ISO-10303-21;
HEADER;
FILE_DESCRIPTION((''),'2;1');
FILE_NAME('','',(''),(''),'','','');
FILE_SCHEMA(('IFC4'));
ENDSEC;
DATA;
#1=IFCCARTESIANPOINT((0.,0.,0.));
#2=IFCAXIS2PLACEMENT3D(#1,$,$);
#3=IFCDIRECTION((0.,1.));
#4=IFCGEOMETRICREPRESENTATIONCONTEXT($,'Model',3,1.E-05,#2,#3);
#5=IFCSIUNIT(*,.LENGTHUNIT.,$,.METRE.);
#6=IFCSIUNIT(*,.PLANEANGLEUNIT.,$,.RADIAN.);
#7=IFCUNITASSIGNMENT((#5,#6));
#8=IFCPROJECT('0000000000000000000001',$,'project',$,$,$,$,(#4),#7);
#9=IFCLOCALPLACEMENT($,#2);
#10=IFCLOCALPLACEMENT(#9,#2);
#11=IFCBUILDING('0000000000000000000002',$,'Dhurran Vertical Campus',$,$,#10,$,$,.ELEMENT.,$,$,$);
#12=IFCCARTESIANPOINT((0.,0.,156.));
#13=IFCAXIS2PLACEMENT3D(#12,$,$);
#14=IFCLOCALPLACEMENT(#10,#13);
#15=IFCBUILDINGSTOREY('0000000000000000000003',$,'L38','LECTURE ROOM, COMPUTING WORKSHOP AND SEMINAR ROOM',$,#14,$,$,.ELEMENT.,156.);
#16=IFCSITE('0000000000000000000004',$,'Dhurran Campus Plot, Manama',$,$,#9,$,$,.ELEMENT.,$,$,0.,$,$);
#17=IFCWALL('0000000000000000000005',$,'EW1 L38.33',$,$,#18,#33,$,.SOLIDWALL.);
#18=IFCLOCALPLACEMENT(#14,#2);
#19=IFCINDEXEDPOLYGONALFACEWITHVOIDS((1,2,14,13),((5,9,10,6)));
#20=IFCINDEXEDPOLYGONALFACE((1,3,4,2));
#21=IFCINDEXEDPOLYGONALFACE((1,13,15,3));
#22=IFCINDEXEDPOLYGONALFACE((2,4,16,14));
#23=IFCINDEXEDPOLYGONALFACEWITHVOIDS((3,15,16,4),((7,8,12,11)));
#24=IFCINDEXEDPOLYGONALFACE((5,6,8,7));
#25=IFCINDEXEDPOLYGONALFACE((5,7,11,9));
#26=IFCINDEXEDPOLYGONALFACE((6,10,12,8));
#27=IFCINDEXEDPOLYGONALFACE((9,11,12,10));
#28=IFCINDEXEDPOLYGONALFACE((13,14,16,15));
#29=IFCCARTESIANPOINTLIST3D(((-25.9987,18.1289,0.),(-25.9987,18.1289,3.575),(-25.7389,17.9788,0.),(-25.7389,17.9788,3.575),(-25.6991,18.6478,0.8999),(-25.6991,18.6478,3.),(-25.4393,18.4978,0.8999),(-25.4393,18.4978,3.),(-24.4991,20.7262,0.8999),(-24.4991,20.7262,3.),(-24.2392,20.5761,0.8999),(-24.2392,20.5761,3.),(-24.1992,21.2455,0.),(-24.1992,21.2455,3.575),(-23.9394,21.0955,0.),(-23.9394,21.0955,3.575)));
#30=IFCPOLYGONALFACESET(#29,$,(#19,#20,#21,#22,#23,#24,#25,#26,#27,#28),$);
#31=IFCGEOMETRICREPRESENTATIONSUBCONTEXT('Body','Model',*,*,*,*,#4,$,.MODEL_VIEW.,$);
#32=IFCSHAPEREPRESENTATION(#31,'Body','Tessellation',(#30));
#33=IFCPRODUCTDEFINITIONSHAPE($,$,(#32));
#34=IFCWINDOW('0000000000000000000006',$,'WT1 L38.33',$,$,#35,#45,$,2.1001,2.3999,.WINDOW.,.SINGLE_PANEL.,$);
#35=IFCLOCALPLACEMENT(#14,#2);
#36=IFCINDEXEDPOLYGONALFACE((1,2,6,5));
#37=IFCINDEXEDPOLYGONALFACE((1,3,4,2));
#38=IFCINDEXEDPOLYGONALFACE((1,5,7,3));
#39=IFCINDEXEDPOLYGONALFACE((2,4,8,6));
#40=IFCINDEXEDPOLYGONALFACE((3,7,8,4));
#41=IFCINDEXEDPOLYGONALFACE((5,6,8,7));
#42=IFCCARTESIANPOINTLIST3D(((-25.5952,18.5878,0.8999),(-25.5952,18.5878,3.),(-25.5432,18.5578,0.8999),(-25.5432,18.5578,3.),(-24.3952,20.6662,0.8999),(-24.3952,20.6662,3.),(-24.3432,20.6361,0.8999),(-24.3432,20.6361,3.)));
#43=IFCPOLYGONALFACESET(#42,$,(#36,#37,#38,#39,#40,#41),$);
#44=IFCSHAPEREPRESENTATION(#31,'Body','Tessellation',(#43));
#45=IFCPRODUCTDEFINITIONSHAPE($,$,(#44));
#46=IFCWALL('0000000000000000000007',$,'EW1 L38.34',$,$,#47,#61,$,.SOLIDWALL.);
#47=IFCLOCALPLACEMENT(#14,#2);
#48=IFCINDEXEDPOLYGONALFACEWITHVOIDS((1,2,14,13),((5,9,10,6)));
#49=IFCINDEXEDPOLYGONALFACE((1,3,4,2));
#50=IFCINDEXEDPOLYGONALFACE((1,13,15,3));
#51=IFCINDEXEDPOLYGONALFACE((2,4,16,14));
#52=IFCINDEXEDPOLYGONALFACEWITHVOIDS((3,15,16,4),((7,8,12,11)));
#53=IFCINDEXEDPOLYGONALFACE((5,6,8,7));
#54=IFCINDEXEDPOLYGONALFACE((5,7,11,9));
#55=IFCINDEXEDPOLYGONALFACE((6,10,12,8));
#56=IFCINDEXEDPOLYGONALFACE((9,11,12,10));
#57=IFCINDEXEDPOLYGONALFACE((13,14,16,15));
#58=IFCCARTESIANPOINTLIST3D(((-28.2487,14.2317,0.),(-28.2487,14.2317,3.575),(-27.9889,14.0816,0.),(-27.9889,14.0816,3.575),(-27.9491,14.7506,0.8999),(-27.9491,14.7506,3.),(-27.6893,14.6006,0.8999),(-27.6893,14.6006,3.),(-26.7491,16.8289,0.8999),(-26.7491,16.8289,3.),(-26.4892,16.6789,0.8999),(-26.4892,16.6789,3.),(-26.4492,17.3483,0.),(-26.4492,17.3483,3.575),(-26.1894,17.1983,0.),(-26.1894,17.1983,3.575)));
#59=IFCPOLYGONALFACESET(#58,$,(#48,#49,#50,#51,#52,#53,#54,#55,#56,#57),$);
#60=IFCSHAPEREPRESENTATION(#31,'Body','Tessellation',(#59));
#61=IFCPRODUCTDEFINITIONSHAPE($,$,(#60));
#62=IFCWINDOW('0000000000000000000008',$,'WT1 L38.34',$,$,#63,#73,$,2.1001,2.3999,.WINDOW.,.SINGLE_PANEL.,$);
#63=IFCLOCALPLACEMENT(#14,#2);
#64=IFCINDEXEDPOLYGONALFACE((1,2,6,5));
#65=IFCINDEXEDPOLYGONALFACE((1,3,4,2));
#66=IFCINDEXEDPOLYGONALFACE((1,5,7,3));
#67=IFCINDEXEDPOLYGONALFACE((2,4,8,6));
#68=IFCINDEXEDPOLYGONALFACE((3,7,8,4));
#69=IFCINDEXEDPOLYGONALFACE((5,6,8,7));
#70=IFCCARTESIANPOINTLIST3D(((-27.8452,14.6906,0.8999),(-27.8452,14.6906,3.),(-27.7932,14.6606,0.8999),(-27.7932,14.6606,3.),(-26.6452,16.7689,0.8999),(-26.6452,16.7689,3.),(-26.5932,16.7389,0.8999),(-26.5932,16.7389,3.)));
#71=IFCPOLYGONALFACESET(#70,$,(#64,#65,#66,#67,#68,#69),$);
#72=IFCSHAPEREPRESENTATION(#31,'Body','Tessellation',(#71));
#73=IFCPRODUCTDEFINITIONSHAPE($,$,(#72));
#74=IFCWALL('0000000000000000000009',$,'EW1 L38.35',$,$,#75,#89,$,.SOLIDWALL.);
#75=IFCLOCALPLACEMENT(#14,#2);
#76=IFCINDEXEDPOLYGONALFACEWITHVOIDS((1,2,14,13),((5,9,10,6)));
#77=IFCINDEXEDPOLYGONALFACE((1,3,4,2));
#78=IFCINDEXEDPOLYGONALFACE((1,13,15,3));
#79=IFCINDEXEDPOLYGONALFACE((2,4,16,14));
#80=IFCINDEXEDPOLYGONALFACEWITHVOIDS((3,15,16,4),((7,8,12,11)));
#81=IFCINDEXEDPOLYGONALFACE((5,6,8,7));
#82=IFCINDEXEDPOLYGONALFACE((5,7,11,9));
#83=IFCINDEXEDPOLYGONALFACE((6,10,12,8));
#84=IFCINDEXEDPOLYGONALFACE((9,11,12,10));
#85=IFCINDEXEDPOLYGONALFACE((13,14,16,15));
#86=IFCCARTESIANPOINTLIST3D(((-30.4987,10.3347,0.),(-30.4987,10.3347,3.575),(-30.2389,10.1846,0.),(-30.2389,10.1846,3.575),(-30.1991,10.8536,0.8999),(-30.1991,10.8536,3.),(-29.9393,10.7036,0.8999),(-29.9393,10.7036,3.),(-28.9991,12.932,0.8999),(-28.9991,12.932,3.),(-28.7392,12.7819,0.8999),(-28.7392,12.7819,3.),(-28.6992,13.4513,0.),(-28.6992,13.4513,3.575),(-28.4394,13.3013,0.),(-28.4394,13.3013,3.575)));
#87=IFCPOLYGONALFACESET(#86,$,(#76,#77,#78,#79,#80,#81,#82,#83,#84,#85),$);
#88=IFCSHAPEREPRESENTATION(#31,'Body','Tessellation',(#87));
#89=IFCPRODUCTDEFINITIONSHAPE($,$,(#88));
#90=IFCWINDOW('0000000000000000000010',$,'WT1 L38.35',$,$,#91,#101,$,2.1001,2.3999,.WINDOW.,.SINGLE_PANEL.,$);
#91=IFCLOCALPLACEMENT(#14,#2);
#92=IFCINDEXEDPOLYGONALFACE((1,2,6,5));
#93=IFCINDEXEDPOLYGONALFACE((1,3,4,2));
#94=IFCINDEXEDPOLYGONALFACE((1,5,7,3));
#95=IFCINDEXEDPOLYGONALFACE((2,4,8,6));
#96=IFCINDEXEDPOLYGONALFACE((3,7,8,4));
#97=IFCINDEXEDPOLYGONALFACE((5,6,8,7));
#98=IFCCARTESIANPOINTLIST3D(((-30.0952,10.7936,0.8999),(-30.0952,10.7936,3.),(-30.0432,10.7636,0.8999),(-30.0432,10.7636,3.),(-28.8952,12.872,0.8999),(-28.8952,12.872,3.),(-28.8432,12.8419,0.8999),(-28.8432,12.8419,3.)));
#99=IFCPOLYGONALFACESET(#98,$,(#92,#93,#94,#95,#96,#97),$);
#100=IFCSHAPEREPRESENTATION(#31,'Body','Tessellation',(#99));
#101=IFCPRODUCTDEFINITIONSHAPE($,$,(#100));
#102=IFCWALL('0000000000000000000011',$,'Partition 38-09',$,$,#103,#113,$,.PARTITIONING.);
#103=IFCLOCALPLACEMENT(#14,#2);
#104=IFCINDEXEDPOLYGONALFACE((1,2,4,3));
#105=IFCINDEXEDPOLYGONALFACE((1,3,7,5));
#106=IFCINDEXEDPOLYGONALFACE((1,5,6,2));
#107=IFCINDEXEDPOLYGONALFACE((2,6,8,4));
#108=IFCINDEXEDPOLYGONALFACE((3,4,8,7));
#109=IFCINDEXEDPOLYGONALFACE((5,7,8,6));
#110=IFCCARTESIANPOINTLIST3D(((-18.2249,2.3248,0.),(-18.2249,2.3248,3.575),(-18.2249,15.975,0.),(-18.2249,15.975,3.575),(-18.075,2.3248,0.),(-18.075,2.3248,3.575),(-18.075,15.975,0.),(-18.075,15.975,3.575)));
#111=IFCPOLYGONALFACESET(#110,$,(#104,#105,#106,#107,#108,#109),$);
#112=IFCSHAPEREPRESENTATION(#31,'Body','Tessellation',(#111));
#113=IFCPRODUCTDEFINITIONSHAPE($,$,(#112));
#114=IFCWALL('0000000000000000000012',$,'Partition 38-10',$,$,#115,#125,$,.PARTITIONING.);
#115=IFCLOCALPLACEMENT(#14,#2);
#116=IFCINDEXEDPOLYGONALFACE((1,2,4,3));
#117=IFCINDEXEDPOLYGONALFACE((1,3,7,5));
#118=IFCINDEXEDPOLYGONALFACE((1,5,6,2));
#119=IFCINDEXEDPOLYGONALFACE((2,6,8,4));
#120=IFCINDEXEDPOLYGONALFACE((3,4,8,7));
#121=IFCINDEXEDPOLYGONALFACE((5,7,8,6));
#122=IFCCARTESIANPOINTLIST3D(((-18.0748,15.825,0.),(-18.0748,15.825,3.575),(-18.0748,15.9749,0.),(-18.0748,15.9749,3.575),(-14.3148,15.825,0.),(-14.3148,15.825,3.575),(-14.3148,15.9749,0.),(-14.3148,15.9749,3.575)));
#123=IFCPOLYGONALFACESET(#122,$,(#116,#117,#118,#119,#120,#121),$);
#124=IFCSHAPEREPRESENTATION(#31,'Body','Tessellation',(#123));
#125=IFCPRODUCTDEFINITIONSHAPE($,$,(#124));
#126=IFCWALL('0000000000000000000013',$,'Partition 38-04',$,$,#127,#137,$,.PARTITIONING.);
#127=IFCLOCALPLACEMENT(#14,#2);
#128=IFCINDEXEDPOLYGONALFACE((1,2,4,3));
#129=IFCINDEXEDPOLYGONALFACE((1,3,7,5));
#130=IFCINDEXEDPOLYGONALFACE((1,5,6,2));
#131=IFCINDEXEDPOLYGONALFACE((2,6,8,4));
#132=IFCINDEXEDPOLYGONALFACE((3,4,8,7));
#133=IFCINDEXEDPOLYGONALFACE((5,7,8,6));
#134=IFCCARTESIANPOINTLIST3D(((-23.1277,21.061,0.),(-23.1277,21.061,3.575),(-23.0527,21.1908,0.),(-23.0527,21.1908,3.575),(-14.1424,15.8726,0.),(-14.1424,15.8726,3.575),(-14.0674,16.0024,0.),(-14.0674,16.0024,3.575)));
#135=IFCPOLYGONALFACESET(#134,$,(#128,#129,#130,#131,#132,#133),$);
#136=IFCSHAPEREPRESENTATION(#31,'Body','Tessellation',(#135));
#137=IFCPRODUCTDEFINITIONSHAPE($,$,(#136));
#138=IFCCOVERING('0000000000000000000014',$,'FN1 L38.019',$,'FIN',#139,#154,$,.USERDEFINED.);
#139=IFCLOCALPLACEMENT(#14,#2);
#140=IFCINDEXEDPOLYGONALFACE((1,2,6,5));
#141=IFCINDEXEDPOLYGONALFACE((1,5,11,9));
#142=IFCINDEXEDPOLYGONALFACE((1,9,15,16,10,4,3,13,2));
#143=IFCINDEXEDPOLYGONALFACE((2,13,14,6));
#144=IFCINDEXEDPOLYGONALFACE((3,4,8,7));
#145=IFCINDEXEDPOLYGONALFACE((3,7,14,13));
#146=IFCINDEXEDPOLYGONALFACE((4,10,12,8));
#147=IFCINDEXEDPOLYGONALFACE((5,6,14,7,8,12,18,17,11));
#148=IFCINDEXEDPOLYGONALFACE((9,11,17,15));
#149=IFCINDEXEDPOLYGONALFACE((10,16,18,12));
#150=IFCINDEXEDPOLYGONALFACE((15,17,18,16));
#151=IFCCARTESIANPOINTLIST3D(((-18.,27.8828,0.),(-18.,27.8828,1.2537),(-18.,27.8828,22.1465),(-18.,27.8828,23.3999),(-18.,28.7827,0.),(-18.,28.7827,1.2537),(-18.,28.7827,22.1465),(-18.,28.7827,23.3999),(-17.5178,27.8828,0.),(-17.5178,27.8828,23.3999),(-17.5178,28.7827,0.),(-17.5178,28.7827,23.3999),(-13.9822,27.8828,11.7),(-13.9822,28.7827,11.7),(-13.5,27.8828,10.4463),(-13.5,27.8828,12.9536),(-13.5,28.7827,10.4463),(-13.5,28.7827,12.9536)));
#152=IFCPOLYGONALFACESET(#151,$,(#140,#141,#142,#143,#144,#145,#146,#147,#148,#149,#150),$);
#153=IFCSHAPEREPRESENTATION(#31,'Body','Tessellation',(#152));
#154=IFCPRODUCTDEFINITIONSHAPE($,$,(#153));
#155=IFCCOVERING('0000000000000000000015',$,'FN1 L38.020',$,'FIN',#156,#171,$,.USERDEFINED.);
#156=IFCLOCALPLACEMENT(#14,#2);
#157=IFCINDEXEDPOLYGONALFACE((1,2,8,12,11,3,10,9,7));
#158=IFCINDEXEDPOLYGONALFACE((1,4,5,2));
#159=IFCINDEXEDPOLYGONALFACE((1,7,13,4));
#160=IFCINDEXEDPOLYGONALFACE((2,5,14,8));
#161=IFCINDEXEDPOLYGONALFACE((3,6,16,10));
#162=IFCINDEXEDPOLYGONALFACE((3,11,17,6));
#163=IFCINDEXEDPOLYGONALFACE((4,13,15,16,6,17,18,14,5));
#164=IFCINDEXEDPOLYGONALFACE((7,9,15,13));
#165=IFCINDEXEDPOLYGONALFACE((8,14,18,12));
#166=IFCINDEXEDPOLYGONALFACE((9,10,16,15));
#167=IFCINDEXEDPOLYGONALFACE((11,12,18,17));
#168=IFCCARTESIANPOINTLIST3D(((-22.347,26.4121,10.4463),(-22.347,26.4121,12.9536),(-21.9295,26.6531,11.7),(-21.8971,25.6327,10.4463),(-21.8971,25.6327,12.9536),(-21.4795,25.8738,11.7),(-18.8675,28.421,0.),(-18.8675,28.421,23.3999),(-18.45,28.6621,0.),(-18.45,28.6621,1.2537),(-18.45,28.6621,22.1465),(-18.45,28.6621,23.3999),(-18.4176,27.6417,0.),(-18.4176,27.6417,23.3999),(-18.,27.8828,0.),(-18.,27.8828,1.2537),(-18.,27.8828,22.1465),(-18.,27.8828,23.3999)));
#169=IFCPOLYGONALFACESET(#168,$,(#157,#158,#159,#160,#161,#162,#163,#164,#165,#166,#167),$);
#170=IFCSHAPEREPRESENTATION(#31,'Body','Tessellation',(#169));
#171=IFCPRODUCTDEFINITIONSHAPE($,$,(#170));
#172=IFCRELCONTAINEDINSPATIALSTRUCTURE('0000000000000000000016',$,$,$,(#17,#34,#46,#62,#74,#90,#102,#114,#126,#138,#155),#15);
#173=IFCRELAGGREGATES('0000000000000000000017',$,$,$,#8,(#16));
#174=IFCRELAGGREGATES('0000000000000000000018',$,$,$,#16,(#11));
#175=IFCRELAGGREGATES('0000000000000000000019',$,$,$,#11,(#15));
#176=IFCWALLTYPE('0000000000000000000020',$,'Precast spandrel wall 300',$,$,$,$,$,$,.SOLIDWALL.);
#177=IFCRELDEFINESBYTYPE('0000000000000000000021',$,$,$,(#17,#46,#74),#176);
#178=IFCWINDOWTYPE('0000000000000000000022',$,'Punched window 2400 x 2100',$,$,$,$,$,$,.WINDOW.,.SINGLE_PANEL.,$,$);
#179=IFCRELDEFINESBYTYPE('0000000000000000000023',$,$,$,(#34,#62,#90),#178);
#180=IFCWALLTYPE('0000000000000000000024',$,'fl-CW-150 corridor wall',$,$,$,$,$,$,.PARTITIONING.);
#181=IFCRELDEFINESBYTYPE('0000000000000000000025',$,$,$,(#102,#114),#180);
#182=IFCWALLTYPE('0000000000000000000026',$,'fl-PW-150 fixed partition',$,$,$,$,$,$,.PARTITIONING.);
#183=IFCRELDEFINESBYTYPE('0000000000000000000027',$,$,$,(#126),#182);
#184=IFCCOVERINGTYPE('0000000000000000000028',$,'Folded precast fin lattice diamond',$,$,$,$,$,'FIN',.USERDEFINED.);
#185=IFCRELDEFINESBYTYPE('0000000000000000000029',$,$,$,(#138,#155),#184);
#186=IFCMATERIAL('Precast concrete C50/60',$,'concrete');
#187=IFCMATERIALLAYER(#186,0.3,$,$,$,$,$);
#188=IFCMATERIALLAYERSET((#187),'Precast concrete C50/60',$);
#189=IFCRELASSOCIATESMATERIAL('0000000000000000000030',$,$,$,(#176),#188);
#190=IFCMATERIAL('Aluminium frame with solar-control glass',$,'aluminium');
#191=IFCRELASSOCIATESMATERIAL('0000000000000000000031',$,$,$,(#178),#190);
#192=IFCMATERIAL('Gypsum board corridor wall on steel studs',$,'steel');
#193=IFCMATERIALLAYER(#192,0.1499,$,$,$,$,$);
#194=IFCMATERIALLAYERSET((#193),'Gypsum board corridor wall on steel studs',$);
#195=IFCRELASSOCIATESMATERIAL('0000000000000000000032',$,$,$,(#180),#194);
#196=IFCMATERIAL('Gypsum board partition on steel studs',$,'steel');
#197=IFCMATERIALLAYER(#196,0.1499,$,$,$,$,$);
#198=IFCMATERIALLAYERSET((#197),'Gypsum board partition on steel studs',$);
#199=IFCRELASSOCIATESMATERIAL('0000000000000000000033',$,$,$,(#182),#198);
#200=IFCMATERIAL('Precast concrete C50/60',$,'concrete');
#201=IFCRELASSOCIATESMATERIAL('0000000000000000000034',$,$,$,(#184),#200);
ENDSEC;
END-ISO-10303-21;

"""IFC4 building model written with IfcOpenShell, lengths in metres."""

from ifc_helpers import new_model, si_unit, direction, frame, frame_2d, origin, place, context, subcontext, project, spatial, polyline, rectangle, outline, extrude, material, layer, layer_set, type_object, element, fill, save


model = new_model("IFC4")

# Units and contexts
model_context = context("Model", 3, precision=1e-05, world=origin(), true_north=direction((0.0, 1.0)))
body_context = subcontext(model_context, "Body", "Model", "MODEL_VIEW")
ifc_project = project(units=[si_unit("LENGTHUNIT", "METRE"), si_unit("PLANEANGLEUNIT", "RADIAN")], contexts=[model_context])

# Site, building, storey
site_placement = place(None, origin())
site = spatial("IfcSite", under=ifc_project, at=site_placement, Name="Dhurran Campus Plot, Manama", CompositionType="ELEMENT", RefElevation=0.0)
building_placement = place(site_placement, origin())
building = spatial("IfcBuilding", under=site, at=building_placement, Name="Dhurran Vertical Campus", CompositionType="ELEMENT")
storey_placement = place(building_placement, frame((0.0, 0.0, 156.0)))
storey = spatial("IfcBuildingStorey", under=building, at=storey_placement, Name="L38", Description="LECTURE ROOM, COMPUTING WORKSHOP AND SEMINAR ROOM", CompositionType="ELEMENT", Elevation=156.0)

# Walls, openings, windows
ifc_material_1 = material(Name="Precast concrete C50/60", Category="concrete")
ifc_layer_1 = layer(ifc_material_1, 0.3)
ifc_layer_set_1 = layer_set([ifc_layer_1], Name="Precast concrete C50/60")
wall_type_1 = type_object("IfcWallType", Name="Precast spandrel wall 300", PredefinedType="SOLIDWALL", material=ifc_layer_set_1)
ifc_material_2 = material(Name="Aluminium frame with solar-control glass", Category="aluminium")
window_type = type_object("IfcWindowType", Name="Punched window 2400 x 2100", PartitioningType="SINGLE_PANEL", PredefinedType="WINDOW", material=ifc_material_2)
wall_1_placement = place(storey_placement, frame((-24.0693, 21.1704, 0.0), z_axis=(0.0, 0.0, 1.0), x_axis=(-0.500028, -0.866009, 0.0)))
wall_1 = element("IfcWall", 1, at=wall_1_placement, inside=storey, type_object=wall_type_1, Name="EW1 L38.33", PredefinedType="SOLIDWALL", context=body_context, shape_type="SweptSolid", body=[
    extrude(rectangle(XDim=3.5989, YDim=0.3, at=frame_2d((1.7993, 0.0))), origin(), (0.0, 0.0, 1.0), 3.575),
])
opening_1_placement = place(wall_1_placement, frame((0.5996, 0.0, 0.8999)))
opening_1 = element("IfcOpeningElement", 2, at=opening_1_placement, cuts=wall_1, PredefinedType="OPENING", context=body_context, shape_type="SweptSolid", body=[
    extrude(rectangle(XDim=2.3999, YDim=2.1001, at=frame_2d((1.2, 1.05))), frame((0.0, 0.1599, 0.0), z_axis=(0.0, -1.0, 0.0), x_axis=(1.0, 0.0, 0.0)), (0.0, 0.0, 1.0), 0.3201),
])
window_1_placement = place(opening_1_placement, origin())
window_1 = element("IfcWindow", 3, at=window_1_placement, inside=storey, type_object=window_type, Name="WT1 L38.33", OverallHeight=2.1001, OverallWidth=2.3999, PartitioningType="SINGLE_PANEL", PredefinedType="WINDOW", context=body_context, shape_type="SweptSolid", body=[
    extrude(rectangle(XDim=2.3999, YDim=2.1001, at=frame_2d((1.2, 1.05))), frame((0.0, 0.03, 0.0), z_axis=(0.0, -1.0, 0.0), x_axis=(1.0, 0.0, 0.0)), (0.0, 0.0, 1.0), 0.0601),
])
fill(opening_1, window_1)
wall_2_placement = place(storey_placement, frame((-26.3193, 17.2732, 0.0), z_axis=(0.0, 0.0, 1.0), x_axis=(-0.500028, -0.866009, 0.0)))
wall_2 = element("IfcWall", 4, at=wall_2_placement, inside=storey, type_object=wall_type_1, Name="EW1 L38.34", PredefinedType="SOLIDWALL", context=body_context, shape_type="SweptSolid", body=[
    extrude(rectangle(XDim=3.5989, YDim=0.3, at=frame_2d((1.7993, 0.0))), origin(), (0.0, 0.0, 1.0), 3.575),
])
opening_2_placement = place(wall_2_placement, frame((0.5996, 0.0, 0.8999)))
opening_2 = element("IfcOpeningElement", 5, at=opening_2_placement, cuts=wall_2, PredefinedType="OPENING", context=body_context, shape_type="SweptSolid", body=[
    extrude(rectangle(XDim=2.3999, YDim=2.1001, at=frame_2d((1.2, 1.05))), frame((0.0, 0.1599, 0.0), z_axis=(0.0, -1.0, 0.0), x_axis=(1.0, 0.0, 0.0)), (0.0, 0.0, 1.0), 0.3201),
])
window_2_placement = place(opening_2_placement, origin())
window_2 = element("IfcWindow", 6, at=window_2_placement, inside=storey, type_object=window_type, Name="WT1 L38.34", OverallHeight=2.1001, OverallWidth=2.3999, PartitioningType="SINGLE_PANEL", PredefinedType="WINDOW", context=body_context, shape_type="SweptSolid", body=[
    extrude(rectangle(XDim=2.3999, YDim=2.1001, at=frame_2d((1.2, 1.05))), frame((0.0, 0.03, 0.0), z_axis=(0.0, -1.0, 0.0), x_axis=(1.0, 0.0, 0.0)), (0.0, 0.0, 1.0), 0.0601),
])
fill(opening_2, window_2)
wall_3_placement = place(storey_placement, frame((-28.5693, 13.3762, 0.0), z_axis=(0.0, 0.0, 1.0), x_axis=(-0.500028, -0.866009, 0.0)))
wall_3 = element("IfcWall", 7, at=wall_3_placement, inside=storey, type_object=wall_type_1, Name="EW1 L38.35", PredefinedType="SOLIDWALL", context=body_context, shape_type="SweptSolid", body=[
    extrude(rectangle(XDim=3.5989, YDim=0.3, at=frame_2d((1.7993, 0.0))), origin(), (0.0, 0.0, 1.0), 3.575),
])
opening_3_placement = place(wall_3_placement, frame((0.5996, 0.0, 0.8999)))
opening_3 = element("IfcOpeningElement", 8, at=opening_3_placement, cuts=wall_3, PredefinedType="OPENING", context=body_context, shape_type="SweptSolid", body=[
    extrude(rectangle(XDim=2.3999, YDim=2.1001, at=frame_2d((1.2, 1.05))), frame((0.0, 0.1599, 0.0), z_axis=(0.0, -1.0, 0.0), x_axis=(1.0, 0.0, 0.0)), (0.0, 0.0, 1.0), 0.3201),
])
window_3_placement = place(opening_3_placement, origin())
window_3 = element("IfcWindow", 9, at=window_3_placement, inside=storey, type_object=window_type, Name="WT1 L38.35", OverallHeight=2.1001, OverallWidth=2.3999, PartitioningType="SINGLE_PANEL", PredefinedType="WINDOW", context=body_context, shape_type="SweptSolid", body=[
    extrude(rectangle(XDim=2.3999, YDim=2.1001, at=frame_2d((1.2, 1.05))), frame((0.0, 0.03, 0.0), z_axis=(0.0, -1.0, 0.0), x_axis=(1.0, 0.0, 0.0)), (0.0, 0.0, 1.0), 0.0601),
])
fill(opening_3, window_3)

# Walls
ifc_material_3 = material(Name="Gypsum board corridor wall on steel studs", Category="steel")
ifc_layer_2 = layer(ifc_material_3, 0.1499)
ifc_layer_set_2 = layer_set([ifc_layer_2], Name="Gypsum board corridor wall on steel studs")
wall_type_2 = type_object("IfcWallType", Name="fl-CW-150 corridor wall", PredefinedType="PARTITIONING", material=ifc_layer_set_2)
wall_4_placement = place(storey_placement, frame((-18.1499, 15.9751, 0.0), z_axis=(0.0, 0.0, 1.0), x_axis=(0.0, -1.0, 0.0)))
element("IfcWall", 10, at=wall_4_placement, inside=storey, type_object=wall_type_2, Name="Partition 38-09", PredefinedType="PARTITIONING", context=body_context, shape_type="SweptSolid", body=[
    extrude(rectangle(XDim=13.6501, YDim=0.1499, at=frame_2d((6.8252, 0.0))), origin(), (0.0, 0.0, 1.0), 3.575),
])
wall_5_placement = place(storey_placement, frame((-14.3149, 15.8999, 0.0), z_axis=(0.0, 0.0, 1.0), x_axis=(-1.0, 0.0, 0.0)))
element("IfcWall", 11, at=wall_5_placement, inside=storey, type_object=wall_type_2, Name="Partition 38-10", PredefinedType="PARTITIONING", context=body_context, shape_type="SweptSolid", body=[
    extrude(rectangle(XDim=3.76, YDim=0.1499, at=frame_2d((1.8799, 0.0))), origin(), (0.0, 0.0, 1.0), 3.575),
])
ifc_material_4 = material(Name="Gypsum board partition on steel studs", Category="steel")
ifc_layer_3 = layer(ifc_material_4, 0.1499)
ifc_layer_set_3 = layer_set([ifc_layer_3], Name="Gypsum board partition on steel studs")
wall_type_3 = type_object("IfcWallType", Name="fl-PW-150 fixed partition", PredefinedType="PARTITIONING", material=ifc_layer_set_3)
wall_6_placement = place(storey_placement, frame((-23.0903, 21.126, 0.0), z_axis=(0.0, 0.0, 1.0), x_axis=(0.865993, -0.500056, 0.0)))
element("IfcWall", 12, at=wall_6_placement, inside=storey, type_object=wall_type_3, Name="Partition 38-04", PredefinedType="PARTITIONING", context=body_context, shape_type="SweptSolid", body=[
    extrude(rectangle(XDim=10.3757, YDim=0.1499, at=frame_2d((5.188, 0.0))), origin(), (0.0, 0.0, 1.0), 3.575),
])

# Coverings
ifc_material_5 = material(Name="Precast concrete C50/60", Category="concrete")
covering_type = type_object("IfcCoveringType", Name="Folded precast fin lattice diamond", ElementType="FIN", PredefinedType="USERDEFINED", material=ifc_material_5)
covering_1_placement = place(storey_placement, frame((-13.5, 27.8828, 0.0), z_axis=(0.0, 1.0, 0.0), x_axis=(-1.0, 0.0, 0.0)))
element("IfcCovering", 13, at=covering_1_placement, inside=storey, type_object=covering_type, Name="FN1 L38.019", ObjectType="FIN", PredefinedType="USERDEFINED", context=body_context, shape_type="SweptSolid", body=[
    extrude(outline(polyline([(4.0178, 0.0), (0.0, 10.4463), (0.0, 12.9536), (4.0178, 23.3999), (4.5, 23.3999), (4.5, 22.1465), (0.4822, 11.7), (4.5, 1.2537), (4.5, 0.0), (4.0178, 0.0)])), origin(), (0.0, 0.0, 1.0), 0.8999),
])
covering_2_placement = place(storey_placement, frame((-18.0, 27.8828, 0.0), z_axis=(-0.50002, 0.866014, 0.0), x_axis=(-0.866014, -0.50002, 0.0)))
element("IfcCovering", 14, at=covering_2_placement, inside=storey, type_object=covering_type, Name="FN1 L38.020", ObjectType="FIN", PredefinedType="USERDEFINED", context=body_context, shape_type="SweptSolid", body=[
    extrude(outline(polyline([(4.5, 10.4463), (0.4822, 0.0), (0.0, 0.0), (0.0, 1.2537), (4.0178, 11.7), (0.0, 22.1465), (0.0, 23.3999), (0.4822, 23.3999), (4.5, 12.9536), (4.5, 10.4463)])), origin(), (0.0, 0.0, 1.0), 0.8999),
])

save(model, "model.ifc")
